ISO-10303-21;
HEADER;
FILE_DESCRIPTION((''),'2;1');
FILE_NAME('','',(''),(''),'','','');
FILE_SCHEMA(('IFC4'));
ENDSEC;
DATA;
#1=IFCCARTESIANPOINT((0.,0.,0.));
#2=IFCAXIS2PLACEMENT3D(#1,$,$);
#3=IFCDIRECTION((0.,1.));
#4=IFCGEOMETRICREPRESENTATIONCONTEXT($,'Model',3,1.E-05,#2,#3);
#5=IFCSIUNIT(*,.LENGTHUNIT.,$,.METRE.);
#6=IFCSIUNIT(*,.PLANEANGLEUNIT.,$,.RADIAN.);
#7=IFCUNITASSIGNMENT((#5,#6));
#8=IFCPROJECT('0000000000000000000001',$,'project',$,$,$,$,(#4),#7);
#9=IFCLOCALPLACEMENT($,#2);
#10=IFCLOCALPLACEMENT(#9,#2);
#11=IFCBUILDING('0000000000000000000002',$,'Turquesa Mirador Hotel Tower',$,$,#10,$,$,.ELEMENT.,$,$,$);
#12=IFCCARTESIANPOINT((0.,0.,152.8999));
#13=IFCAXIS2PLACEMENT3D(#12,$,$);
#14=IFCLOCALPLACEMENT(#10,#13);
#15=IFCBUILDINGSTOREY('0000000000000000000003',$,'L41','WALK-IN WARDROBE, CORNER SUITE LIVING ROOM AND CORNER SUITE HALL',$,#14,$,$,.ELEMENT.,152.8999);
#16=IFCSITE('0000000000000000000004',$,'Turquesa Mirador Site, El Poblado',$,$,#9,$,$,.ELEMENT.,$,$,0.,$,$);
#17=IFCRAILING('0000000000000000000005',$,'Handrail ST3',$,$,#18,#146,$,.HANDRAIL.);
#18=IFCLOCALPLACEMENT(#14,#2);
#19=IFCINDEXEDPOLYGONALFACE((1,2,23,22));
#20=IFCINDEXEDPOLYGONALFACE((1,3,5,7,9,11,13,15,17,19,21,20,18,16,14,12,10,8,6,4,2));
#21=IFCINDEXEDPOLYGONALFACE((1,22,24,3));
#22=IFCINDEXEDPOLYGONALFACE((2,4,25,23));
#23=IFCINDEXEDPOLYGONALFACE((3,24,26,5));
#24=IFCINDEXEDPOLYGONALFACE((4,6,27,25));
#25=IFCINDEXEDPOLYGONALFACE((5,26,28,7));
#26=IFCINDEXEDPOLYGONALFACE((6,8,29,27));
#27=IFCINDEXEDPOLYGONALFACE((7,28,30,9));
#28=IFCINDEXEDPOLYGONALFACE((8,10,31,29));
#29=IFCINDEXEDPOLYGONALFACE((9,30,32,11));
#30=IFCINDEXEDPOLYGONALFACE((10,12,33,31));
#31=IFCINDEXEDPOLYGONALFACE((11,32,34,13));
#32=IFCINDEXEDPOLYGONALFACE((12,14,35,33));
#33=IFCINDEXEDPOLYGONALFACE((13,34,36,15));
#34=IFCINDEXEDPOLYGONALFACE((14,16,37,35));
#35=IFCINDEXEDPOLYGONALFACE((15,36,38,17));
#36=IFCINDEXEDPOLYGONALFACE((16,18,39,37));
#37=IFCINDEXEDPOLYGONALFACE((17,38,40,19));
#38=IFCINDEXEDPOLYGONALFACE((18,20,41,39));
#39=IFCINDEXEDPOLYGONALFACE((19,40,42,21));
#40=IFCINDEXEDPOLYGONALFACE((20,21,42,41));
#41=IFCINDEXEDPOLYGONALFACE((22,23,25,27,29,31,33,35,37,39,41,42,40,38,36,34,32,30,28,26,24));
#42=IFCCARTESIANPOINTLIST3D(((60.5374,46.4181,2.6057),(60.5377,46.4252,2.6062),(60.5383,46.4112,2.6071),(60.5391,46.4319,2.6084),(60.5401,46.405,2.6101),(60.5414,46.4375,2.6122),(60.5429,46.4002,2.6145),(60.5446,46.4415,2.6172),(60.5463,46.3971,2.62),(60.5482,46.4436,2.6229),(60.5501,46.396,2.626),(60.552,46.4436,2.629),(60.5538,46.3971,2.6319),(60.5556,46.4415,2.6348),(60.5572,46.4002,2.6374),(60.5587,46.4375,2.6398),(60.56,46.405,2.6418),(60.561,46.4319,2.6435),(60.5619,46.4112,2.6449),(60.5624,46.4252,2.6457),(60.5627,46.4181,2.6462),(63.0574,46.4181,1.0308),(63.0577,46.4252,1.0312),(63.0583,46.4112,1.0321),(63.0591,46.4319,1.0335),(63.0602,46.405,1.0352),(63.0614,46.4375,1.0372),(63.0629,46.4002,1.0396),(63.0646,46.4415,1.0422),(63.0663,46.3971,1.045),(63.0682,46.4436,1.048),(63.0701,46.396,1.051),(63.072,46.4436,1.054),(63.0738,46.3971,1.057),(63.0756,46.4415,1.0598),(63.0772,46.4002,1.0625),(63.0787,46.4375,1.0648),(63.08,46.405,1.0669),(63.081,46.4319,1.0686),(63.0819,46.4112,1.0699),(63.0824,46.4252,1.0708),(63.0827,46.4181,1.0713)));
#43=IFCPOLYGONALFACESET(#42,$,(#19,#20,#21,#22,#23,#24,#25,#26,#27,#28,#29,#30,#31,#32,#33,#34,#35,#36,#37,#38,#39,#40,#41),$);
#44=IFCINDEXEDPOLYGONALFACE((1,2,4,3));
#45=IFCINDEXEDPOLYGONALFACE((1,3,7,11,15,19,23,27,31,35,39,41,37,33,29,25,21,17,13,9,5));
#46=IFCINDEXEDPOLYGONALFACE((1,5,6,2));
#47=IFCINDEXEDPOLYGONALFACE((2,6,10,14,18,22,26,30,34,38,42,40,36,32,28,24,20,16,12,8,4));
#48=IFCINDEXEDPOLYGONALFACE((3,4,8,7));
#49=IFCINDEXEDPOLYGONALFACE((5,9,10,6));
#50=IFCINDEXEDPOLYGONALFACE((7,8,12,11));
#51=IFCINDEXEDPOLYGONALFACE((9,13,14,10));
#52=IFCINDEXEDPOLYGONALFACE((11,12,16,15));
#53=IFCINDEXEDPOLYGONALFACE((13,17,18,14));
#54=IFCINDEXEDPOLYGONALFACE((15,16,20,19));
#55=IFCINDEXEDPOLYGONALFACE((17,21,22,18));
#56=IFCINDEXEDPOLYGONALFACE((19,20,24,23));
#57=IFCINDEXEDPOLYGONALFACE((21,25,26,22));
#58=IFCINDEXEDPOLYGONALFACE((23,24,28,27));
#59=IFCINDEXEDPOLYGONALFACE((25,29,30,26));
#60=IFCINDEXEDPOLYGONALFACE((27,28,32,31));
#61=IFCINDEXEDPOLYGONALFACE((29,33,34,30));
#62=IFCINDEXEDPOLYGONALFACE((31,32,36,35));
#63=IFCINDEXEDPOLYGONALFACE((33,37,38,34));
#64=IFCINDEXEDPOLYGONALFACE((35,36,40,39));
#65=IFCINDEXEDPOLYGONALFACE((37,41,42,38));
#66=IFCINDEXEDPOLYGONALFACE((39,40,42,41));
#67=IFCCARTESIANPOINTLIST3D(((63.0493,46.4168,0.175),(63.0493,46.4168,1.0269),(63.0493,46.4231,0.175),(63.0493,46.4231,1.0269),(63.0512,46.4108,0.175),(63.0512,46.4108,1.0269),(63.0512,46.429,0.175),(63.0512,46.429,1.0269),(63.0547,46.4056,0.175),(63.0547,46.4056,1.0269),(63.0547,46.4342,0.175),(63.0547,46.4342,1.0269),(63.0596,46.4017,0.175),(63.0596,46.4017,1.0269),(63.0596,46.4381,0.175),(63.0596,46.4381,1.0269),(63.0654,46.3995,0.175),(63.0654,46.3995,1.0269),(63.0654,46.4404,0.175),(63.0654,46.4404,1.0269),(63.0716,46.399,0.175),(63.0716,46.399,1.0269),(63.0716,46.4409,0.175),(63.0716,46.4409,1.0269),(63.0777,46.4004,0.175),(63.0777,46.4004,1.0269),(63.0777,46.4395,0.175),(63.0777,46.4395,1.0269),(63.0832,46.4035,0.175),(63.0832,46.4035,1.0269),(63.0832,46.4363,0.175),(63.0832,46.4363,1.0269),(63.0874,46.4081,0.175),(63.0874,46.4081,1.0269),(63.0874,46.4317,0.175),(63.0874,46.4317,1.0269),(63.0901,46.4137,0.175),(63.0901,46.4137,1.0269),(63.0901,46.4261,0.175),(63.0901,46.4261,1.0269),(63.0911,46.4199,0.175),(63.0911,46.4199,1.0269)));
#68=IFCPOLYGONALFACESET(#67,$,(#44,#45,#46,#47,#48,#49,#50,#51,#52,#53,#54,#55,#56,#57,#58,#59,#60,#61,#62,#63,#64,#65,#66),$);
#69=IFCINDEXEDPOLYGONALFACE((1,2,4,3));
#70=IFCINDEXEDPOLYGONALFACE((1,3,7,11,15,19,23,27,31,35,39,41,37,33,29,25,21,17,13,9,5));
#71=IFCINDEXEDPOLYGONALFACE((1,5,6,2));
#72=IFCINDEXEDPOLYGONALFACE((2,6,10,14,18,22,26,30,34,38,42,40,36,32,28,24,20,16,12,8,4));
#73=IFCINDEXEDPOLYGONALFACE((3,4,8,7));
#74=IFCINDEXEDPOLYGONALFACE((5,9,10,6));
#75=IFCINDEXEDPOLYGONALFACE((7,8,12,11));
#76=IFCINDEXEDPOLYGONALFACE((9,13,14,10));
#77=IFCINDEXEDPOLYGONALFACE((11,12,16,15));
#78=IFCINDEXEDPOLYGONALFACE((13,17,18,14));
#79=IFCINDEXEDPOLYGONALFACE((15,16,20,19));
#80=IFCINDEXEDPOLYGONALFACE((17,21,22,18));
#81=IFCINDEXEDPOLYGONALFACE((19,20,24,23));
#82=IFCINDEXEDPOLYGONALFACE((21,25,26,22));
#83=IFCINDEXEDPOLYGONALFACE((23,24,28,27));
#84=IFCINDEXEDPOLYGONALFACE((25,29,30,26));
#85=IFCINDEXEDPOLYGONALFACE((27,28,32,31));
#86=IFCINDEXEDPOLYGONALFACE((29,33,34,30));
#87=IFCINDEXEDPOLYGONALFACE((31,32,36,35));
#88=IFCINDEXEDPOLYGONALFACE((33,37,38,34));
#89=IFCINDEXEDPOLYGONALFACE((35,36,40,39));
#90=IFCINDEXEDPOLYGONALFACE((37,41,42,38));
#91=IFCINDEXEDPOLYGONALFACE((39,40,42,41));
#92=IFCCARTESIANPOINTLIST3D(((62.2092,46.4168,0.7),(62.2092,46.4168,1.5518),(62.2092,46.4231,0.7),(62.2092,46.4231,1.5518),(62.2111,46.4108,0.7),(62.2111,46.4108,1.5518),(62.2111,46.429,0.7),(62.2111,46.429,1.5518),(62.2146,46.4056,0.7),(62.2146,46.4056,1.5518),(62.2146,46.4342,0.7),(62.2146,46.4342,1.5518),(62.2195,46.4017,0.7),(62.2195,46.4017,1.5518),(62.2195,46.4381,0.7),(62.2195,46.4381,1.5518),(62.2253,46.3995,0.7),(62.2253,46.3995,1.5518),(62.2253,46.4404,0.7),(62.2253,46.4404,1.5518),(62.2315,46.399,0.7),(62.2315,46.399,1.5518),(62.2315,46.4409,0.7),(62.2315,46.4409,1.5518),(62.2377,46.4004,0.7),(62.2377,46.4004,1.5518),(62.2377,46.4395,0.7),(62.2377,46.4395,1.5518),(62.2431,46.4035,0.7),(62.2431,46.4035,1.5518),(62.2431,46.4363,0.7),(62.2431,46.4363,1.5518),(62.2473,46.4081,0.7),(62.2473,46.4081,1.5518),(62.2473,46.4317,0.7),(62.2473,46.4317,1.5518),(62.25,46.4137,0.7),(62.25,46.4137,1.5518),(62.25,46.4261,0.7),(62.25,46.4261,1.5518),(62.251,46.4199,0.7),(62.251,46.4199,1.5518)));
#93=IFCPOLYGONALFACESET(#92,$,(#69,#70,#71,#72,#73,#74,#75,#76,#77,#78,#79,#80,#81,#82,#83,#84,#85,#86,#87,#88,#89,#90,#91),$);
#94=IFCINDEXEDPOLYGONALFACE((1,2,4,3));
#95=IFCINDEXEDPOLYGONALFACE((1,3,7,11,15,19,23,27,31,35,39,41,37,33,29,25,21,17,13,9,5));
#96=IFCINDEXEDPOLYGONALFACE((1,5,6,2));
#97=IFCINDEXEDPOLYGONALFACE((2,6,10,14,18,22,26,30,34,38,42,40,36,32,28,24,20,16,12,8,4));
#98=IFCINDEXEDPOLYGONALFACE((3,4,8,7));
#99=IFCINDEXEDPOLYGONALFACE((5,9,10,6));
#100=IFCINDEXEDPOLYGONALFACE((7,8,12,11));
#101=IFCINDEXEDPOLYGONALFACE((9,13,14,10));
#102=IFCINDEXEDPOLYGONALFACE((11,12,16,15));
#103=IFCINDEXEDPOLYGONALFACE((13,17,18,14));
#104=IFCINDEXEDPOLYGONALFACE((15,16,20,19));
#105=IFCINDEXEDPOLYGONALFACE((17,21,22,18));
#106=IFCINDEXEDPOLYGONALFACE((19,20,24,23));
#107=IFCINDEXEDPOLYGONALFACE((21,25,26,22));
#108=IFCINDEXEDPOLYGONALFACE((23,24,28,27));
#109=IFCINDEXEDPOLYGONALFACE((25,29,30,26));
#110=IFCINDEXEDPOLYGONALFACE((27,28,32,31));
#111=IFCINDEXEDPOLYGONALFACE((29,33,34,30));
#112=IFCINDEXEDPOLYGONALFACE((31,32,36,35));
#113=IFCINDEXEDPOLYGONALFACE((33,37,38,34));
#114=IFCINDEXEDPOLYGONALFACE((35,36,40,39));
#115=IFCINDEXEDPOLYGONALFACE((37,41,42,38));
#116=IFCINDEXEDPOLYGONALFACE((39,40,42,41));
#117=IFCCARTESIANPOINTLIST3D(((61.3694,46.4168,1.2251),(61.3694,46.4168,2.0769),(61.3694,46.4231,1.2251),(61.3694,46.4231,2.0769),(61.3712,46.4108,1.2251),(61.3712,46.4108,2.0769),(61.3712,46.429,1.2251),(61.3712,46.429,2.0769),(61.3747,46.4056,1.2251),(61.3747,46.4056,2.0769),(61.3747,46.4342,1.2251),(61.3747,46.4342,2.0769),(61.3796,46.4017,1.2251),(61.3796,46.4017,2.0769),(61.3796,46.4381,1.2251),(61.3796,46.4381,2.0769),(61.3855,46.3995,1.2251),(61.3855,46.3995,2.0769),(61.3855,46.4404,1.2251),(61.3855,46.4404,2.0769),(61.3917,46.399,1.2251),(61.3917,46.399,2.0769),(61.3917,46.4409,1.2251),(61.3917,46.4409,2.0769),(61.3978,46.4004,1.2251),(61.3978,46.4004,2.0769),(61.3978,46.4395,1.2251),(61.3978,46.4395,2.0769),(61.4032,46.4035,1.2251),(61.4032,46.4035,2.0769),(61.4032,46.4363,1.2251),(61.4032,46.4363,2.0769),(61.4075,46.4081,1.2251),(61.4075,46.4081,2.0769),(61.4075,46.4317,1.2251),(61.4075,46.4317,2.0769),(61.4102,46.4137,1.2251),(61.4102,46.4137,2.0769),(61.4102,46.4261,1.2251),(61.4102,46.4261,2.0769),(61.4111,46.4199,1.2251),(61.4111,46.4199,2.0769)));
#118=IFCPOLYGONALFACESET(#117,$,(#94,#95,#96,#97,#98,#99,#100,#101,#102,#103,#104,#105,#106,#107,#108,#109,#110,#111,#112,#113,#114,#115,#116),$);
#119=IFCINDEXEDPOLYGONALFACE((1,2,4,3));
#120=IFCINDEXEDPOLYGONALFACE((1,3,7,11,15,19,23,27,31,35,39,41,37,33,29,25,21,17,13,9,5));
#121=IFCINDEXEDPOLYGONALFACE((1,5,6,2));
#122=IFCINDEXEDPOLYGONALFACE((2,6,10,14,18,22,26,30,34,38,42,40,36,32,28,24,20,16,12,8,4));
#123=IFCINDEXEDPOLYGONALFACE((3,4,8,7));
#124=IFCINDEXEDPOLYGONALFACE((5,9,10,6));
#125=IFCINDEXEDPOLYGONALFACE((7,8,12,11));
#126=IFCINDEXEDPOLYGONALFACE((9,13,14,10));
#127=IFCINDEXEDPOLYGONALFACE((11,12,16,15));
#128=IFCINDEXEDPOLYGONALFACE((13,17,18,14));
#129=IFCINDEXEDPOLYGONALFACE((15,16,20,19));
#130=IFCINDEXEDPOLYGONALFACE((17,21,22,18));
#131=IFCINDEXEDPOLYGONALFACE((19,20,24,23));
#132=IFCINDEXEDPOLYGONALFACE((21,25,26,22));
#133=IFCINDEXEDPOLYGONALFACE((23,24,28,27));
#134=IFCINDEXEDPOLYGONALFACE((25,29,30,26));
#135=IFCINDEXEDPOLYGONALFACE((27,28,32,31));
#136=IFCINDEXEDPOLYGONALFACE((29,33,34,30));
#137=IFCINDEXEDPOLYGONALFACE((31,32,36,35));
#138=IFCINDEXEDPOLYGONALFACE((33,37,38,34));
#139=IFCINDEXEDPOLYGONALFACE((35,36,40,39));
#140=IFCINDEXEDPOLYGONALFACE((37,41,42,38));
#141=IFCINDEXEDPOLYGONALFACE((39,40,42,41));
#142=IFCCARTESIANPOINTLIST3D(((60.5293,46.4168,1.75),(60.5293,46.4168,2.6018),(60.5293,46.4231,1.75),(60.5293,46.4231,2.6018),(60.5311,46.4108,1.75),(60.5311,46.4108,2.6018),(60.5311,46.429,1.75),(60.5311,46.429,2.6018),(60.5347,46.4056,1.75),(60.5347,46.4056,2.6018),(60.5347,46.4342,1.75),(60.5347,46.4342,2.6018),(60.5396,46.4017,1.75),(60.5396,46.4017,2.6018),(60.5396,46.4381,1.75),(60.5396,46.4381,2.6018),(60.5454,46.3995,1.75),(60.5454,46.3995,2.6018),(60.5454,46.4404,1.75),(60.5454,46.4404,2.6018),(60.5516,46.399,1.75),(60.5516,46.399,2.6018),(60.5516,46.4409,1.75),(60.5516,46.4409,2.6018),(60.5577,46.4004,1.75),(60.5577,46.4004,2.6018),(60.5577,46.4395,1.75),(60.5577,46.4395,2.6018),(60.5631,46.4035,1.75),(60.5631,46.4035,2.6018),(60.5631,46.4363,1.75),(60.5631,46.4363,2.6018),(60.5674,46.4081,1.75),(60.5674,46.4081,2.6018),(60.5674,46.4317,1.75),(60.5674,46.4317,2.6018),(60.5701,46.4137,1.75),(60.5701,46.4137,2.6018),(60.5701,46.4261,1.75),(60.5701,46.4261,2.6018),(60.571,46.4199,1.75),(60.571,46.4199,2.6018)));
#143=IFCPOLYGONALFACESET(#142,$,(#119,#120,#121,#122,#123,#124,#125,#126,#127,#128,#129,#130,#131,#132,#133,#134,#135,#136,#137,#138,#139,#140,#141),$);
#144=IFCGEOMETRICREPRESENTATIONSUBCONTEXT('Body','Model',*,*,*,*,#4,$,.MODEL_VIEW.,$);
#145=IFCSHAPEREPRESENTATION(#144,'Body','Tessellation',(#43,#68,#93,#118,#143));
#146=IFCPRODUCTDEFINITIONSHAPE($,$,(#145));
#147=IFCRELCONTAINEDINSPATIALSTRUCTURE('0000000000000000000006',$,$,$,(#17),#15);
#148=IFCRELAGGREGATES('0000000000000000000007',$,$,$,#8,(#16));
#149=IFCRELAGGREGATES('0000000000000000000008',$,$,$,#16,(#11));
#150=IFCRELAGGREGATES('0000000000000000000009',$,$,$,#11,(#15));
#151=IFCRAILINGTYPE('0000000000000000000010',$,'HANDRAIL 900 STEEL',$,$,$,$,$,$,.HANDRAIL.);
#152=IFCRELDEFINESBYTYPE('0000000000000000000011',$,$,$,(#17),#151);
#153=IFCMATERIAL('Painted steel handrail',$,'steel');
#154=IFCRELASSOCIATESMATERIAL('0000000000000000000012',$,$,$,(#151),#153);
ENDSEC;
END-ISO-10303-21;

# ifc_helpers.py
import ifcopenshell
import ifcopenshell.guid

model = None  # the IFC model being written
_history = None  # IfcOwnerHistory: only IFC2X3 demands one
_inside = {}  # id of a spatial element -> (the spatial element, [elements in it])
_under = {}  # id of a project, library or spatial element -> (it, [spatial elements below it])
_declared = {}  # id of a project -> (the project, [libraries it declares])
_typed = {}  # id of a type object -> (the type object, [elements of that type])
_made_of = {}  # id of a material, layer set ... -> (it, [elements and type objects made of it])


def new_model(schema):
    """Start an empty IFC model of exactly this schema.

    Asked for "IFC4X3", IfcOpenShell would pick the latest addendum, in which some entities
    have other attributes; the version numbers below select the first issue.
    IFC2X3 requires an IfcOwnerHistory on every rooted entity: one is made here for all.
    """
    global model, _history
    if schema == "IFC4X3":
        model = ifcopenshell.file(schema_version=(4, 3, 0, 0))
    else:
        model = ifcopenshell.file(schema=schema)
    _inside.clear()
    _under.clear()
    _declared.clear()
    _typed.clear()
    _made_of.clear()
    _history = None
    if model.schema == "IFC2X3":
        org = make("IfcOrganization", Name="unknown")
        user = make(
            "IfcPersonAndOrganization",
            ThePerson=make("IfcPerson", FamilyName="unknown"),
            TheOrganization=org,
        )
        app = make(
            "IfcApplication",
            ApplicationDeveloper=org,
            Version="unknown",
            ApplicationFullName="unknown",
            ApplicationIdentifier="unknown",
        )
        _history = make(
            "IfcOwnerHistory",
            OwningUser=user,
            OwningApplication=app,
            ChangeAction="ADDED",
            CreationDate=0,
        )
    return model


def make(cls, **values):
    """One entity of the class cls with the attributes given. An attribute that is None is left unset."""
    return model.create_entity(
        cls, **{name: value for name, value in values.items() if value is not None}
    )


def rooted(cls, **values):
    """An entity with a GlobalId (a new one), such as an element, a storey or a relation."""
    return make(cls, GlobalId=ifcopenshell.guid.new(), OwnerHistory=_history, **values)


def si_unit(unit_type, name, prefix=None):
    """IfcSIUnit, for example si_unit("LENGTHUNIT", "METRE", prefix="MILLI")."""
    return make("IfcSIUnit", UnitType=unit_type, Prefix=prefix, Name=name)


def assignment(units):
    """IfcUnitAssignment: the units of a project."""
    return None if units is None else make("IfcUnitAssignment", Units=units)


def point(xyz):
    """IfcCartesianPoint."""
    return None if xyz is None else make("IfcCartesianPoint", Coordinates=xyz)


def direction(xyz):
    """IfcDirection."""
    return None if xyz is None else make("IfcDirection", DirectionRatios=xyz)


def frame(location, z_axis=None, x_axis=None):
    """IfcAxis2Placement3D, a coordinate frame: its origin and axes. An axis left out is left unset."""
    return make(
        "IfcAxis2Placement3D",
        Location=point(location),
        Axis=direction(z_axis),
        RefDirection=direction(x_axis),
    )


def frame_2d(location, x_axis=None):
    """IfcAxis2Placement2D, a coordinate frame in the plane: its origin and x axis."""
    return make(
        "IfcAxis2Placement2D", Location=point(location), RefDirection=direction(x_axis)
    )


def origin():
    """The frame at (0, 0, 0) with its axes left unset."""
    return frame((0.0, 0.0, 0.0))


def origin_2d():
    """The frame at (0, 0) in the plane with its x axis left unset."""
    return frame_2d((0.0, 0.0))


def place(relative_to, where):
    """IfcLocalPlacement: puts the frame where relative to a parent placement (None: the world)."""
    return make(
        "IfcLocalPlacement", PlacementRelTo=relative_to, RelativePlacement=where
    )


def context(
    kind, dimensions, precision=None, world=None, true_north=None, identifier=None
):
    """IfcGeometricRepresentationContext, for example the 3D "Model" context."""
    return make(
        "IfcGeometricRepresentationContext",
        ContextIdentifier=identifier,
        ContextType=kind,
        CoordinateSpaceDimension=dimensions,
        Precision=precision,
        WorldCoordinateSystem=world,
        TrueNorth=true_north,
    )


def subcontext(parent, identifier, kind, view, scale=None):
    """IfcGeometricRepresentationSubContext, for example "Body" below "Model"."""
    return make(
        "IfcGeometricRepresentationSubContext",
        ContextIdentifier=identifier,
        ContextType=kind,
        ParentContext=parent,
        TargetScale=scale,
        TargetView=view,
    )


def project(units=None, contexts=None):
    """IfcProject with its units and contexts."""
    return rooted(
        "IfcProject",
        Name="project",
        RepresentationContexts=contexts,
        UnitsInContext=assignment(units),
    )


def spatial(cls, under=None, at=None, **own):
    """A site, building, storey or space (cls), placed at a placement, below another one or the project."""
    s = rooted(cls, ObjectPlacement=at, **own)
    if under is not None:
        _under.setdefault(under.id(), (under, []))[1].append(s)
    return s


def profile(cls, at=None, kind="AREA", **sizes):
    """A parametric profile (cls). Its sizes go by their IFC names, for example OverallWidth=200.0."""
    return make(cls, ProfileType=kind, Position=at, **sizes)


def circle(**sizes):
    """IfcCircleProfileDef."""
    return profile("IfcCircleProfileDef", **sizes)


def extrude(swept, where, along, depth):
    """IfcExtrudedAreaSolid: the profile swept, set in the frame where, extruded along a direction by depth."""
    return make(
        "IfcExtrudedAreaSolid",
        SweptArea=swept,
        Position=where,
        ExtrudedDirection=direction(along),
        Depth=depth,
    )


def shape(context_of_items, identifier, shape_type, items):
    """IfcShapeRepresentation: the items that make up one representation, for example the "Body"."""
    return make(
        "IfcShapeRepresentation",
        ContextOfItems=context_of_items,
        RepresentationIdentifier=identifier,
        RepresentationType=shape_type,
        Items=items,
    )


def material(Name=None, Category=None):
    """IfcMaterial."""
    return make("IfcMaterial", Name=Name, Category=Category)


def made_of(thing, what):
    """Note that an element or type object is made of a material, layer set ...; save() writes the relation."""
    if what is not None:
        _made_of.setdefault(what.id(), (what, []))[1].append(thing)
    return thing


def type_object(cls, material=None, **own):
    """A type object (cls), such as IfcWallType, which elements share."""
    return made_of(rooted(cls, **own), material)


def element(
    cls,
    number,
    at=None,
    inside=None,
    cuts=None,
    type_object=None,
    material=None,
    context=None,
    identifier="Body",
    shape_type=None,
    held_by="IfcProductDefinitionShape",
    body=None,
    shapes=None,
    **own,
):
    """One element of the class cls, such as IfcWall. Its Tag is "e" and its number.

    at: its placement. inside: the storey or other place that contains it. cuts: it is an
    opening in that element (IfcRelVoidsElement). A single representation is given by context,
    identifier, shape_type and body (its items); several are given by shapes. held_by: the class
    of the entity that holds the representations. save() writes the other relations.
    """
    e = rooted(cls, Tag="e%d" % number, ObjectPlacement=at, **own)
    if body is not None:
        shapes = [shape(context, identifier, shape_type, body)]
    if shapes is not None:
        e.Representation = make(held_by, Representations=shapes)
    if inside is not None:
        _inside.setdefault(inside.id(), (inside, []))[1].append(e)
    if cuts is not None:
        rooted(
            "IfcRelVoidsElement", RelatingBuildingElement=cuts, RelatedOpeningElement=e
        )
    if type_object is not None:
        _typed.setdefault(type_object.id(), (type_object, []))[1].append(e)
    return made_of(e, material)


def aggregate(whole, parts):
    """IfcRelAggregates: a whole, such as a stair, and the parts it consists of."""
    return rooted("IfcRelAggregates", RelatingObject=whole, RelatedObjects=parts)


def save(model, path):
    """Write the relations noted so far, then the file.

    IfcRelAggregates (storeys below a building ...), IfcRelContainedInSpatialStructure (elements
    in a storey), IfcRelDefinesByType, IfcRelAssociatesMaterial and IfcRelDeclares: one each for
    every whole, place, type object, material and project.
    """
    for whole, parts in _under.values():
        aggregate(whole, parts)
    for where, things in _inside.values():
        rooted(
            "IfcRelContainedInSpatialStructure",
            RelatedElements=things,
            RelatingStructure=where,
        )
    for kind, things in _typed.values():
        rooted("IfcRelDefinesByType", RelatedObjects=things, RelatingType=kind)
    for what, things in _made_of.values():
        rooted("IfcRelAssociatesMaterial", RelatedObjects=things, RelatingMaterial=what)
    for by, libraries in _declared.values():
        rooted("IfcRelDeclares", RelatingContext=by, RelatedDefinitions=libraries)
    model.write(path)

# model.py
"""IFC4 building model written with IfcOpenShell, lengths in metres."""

from ifc_helpers import new_model, si_unit, direction, frame, origin, origin_2d, place, context, subcontext, project, spatial, circle, extrude, material, type_object, element, save


model = new_model("IFC4")

# Units and contexts
model_context = context("Model", 3, precision=1e-05, world=origin(), true_north=direction((0.0, 1.0)))
body_context = subcontext(model_context, "Body", "Model", "MODEL_VIEW")
ifc_project = project(units=[si_unit("LENGTHUNIT", "METRE"), si_unit("PLANEANGLEUNIT", "RADIAN")], contexts=[model_context])

# Site, building, storey
site_placement = place(None, origin())
site = spatial("IfcSite", under=ifc_project, at=site_placement, Name="Turquesa Mirador Site, El Poblado", CompositionType="ELEMENT", RefElevation=0.0)
building_placement = place(site_placement, origin())
building = spatial("IfcBuilding", under=site, at=building_placement, Name="Turquesa Mirador Hotel Tower", CompositionType="ELEMENT")
storey_placement = place(building_placement, frame((0.0, 0.0, 152.8999)))
storey = spatial("IfcBuildingStorey", under=building, at=storey_placement, Name="L41", Description="WALK-IN WARDROBE, CORNER SUITE LIVING ROOM AND CORNER SUITE HALL", CompositionType="ELEMENT", Elevation=152.8999)

# Railing
ifc_material_1 = material(Name="Painted steel handrail", Category="steel")
railing_type = type_object("IfcRailingType", Name="HANDRAIL 900 STEEL", PredefinedType="HANDRAIL", material=ifc_material_1)
railing_1_placement = place(storey_placement, frame((63.0701, 46.4199, 0.175)))
element("IfcRailing", 1, at=railing_1_placement, inside=storey, type_object=railing_type, Name="Handrail ST3", PredefinedType="HANDRAIL", context=body_context, shape_type="SweptSolid", body=[
    extrude(circle(Radius=0.0239, at=origin_2d()), frame((0.0, 0.0, 0.876), z_axis=(-0.848008, 0.0, 0.529984), x_axis=(0.0, -1.0, 0.0)), (0.0, 0.0, 1.0), 2.9717),
    extrude(circle(Radius=0.021, at=origin_2d()), origin(), (0.0, 0.0, 1.0), 0.8518),
    extrude(circle(Radius=0.021, at=origin_2d()), frame((-0.8401, 0.0, 0.5249)), (0.0, 0.0, 1.0), 0.8518),
    extrude(circle(Radius=0.021, at=origin_2d()), frame((-1.6799, 0.0, 1.05)), (0.0, 0.0, 1.0), 0.8518),
    extrude(circle(Radius=0.021, at=origin_2d()), frame((-2.52, 0.0, 1.575)), (0.0, 0.0, 1.0), 0.8518),
])

save(model, "model.ifc")
